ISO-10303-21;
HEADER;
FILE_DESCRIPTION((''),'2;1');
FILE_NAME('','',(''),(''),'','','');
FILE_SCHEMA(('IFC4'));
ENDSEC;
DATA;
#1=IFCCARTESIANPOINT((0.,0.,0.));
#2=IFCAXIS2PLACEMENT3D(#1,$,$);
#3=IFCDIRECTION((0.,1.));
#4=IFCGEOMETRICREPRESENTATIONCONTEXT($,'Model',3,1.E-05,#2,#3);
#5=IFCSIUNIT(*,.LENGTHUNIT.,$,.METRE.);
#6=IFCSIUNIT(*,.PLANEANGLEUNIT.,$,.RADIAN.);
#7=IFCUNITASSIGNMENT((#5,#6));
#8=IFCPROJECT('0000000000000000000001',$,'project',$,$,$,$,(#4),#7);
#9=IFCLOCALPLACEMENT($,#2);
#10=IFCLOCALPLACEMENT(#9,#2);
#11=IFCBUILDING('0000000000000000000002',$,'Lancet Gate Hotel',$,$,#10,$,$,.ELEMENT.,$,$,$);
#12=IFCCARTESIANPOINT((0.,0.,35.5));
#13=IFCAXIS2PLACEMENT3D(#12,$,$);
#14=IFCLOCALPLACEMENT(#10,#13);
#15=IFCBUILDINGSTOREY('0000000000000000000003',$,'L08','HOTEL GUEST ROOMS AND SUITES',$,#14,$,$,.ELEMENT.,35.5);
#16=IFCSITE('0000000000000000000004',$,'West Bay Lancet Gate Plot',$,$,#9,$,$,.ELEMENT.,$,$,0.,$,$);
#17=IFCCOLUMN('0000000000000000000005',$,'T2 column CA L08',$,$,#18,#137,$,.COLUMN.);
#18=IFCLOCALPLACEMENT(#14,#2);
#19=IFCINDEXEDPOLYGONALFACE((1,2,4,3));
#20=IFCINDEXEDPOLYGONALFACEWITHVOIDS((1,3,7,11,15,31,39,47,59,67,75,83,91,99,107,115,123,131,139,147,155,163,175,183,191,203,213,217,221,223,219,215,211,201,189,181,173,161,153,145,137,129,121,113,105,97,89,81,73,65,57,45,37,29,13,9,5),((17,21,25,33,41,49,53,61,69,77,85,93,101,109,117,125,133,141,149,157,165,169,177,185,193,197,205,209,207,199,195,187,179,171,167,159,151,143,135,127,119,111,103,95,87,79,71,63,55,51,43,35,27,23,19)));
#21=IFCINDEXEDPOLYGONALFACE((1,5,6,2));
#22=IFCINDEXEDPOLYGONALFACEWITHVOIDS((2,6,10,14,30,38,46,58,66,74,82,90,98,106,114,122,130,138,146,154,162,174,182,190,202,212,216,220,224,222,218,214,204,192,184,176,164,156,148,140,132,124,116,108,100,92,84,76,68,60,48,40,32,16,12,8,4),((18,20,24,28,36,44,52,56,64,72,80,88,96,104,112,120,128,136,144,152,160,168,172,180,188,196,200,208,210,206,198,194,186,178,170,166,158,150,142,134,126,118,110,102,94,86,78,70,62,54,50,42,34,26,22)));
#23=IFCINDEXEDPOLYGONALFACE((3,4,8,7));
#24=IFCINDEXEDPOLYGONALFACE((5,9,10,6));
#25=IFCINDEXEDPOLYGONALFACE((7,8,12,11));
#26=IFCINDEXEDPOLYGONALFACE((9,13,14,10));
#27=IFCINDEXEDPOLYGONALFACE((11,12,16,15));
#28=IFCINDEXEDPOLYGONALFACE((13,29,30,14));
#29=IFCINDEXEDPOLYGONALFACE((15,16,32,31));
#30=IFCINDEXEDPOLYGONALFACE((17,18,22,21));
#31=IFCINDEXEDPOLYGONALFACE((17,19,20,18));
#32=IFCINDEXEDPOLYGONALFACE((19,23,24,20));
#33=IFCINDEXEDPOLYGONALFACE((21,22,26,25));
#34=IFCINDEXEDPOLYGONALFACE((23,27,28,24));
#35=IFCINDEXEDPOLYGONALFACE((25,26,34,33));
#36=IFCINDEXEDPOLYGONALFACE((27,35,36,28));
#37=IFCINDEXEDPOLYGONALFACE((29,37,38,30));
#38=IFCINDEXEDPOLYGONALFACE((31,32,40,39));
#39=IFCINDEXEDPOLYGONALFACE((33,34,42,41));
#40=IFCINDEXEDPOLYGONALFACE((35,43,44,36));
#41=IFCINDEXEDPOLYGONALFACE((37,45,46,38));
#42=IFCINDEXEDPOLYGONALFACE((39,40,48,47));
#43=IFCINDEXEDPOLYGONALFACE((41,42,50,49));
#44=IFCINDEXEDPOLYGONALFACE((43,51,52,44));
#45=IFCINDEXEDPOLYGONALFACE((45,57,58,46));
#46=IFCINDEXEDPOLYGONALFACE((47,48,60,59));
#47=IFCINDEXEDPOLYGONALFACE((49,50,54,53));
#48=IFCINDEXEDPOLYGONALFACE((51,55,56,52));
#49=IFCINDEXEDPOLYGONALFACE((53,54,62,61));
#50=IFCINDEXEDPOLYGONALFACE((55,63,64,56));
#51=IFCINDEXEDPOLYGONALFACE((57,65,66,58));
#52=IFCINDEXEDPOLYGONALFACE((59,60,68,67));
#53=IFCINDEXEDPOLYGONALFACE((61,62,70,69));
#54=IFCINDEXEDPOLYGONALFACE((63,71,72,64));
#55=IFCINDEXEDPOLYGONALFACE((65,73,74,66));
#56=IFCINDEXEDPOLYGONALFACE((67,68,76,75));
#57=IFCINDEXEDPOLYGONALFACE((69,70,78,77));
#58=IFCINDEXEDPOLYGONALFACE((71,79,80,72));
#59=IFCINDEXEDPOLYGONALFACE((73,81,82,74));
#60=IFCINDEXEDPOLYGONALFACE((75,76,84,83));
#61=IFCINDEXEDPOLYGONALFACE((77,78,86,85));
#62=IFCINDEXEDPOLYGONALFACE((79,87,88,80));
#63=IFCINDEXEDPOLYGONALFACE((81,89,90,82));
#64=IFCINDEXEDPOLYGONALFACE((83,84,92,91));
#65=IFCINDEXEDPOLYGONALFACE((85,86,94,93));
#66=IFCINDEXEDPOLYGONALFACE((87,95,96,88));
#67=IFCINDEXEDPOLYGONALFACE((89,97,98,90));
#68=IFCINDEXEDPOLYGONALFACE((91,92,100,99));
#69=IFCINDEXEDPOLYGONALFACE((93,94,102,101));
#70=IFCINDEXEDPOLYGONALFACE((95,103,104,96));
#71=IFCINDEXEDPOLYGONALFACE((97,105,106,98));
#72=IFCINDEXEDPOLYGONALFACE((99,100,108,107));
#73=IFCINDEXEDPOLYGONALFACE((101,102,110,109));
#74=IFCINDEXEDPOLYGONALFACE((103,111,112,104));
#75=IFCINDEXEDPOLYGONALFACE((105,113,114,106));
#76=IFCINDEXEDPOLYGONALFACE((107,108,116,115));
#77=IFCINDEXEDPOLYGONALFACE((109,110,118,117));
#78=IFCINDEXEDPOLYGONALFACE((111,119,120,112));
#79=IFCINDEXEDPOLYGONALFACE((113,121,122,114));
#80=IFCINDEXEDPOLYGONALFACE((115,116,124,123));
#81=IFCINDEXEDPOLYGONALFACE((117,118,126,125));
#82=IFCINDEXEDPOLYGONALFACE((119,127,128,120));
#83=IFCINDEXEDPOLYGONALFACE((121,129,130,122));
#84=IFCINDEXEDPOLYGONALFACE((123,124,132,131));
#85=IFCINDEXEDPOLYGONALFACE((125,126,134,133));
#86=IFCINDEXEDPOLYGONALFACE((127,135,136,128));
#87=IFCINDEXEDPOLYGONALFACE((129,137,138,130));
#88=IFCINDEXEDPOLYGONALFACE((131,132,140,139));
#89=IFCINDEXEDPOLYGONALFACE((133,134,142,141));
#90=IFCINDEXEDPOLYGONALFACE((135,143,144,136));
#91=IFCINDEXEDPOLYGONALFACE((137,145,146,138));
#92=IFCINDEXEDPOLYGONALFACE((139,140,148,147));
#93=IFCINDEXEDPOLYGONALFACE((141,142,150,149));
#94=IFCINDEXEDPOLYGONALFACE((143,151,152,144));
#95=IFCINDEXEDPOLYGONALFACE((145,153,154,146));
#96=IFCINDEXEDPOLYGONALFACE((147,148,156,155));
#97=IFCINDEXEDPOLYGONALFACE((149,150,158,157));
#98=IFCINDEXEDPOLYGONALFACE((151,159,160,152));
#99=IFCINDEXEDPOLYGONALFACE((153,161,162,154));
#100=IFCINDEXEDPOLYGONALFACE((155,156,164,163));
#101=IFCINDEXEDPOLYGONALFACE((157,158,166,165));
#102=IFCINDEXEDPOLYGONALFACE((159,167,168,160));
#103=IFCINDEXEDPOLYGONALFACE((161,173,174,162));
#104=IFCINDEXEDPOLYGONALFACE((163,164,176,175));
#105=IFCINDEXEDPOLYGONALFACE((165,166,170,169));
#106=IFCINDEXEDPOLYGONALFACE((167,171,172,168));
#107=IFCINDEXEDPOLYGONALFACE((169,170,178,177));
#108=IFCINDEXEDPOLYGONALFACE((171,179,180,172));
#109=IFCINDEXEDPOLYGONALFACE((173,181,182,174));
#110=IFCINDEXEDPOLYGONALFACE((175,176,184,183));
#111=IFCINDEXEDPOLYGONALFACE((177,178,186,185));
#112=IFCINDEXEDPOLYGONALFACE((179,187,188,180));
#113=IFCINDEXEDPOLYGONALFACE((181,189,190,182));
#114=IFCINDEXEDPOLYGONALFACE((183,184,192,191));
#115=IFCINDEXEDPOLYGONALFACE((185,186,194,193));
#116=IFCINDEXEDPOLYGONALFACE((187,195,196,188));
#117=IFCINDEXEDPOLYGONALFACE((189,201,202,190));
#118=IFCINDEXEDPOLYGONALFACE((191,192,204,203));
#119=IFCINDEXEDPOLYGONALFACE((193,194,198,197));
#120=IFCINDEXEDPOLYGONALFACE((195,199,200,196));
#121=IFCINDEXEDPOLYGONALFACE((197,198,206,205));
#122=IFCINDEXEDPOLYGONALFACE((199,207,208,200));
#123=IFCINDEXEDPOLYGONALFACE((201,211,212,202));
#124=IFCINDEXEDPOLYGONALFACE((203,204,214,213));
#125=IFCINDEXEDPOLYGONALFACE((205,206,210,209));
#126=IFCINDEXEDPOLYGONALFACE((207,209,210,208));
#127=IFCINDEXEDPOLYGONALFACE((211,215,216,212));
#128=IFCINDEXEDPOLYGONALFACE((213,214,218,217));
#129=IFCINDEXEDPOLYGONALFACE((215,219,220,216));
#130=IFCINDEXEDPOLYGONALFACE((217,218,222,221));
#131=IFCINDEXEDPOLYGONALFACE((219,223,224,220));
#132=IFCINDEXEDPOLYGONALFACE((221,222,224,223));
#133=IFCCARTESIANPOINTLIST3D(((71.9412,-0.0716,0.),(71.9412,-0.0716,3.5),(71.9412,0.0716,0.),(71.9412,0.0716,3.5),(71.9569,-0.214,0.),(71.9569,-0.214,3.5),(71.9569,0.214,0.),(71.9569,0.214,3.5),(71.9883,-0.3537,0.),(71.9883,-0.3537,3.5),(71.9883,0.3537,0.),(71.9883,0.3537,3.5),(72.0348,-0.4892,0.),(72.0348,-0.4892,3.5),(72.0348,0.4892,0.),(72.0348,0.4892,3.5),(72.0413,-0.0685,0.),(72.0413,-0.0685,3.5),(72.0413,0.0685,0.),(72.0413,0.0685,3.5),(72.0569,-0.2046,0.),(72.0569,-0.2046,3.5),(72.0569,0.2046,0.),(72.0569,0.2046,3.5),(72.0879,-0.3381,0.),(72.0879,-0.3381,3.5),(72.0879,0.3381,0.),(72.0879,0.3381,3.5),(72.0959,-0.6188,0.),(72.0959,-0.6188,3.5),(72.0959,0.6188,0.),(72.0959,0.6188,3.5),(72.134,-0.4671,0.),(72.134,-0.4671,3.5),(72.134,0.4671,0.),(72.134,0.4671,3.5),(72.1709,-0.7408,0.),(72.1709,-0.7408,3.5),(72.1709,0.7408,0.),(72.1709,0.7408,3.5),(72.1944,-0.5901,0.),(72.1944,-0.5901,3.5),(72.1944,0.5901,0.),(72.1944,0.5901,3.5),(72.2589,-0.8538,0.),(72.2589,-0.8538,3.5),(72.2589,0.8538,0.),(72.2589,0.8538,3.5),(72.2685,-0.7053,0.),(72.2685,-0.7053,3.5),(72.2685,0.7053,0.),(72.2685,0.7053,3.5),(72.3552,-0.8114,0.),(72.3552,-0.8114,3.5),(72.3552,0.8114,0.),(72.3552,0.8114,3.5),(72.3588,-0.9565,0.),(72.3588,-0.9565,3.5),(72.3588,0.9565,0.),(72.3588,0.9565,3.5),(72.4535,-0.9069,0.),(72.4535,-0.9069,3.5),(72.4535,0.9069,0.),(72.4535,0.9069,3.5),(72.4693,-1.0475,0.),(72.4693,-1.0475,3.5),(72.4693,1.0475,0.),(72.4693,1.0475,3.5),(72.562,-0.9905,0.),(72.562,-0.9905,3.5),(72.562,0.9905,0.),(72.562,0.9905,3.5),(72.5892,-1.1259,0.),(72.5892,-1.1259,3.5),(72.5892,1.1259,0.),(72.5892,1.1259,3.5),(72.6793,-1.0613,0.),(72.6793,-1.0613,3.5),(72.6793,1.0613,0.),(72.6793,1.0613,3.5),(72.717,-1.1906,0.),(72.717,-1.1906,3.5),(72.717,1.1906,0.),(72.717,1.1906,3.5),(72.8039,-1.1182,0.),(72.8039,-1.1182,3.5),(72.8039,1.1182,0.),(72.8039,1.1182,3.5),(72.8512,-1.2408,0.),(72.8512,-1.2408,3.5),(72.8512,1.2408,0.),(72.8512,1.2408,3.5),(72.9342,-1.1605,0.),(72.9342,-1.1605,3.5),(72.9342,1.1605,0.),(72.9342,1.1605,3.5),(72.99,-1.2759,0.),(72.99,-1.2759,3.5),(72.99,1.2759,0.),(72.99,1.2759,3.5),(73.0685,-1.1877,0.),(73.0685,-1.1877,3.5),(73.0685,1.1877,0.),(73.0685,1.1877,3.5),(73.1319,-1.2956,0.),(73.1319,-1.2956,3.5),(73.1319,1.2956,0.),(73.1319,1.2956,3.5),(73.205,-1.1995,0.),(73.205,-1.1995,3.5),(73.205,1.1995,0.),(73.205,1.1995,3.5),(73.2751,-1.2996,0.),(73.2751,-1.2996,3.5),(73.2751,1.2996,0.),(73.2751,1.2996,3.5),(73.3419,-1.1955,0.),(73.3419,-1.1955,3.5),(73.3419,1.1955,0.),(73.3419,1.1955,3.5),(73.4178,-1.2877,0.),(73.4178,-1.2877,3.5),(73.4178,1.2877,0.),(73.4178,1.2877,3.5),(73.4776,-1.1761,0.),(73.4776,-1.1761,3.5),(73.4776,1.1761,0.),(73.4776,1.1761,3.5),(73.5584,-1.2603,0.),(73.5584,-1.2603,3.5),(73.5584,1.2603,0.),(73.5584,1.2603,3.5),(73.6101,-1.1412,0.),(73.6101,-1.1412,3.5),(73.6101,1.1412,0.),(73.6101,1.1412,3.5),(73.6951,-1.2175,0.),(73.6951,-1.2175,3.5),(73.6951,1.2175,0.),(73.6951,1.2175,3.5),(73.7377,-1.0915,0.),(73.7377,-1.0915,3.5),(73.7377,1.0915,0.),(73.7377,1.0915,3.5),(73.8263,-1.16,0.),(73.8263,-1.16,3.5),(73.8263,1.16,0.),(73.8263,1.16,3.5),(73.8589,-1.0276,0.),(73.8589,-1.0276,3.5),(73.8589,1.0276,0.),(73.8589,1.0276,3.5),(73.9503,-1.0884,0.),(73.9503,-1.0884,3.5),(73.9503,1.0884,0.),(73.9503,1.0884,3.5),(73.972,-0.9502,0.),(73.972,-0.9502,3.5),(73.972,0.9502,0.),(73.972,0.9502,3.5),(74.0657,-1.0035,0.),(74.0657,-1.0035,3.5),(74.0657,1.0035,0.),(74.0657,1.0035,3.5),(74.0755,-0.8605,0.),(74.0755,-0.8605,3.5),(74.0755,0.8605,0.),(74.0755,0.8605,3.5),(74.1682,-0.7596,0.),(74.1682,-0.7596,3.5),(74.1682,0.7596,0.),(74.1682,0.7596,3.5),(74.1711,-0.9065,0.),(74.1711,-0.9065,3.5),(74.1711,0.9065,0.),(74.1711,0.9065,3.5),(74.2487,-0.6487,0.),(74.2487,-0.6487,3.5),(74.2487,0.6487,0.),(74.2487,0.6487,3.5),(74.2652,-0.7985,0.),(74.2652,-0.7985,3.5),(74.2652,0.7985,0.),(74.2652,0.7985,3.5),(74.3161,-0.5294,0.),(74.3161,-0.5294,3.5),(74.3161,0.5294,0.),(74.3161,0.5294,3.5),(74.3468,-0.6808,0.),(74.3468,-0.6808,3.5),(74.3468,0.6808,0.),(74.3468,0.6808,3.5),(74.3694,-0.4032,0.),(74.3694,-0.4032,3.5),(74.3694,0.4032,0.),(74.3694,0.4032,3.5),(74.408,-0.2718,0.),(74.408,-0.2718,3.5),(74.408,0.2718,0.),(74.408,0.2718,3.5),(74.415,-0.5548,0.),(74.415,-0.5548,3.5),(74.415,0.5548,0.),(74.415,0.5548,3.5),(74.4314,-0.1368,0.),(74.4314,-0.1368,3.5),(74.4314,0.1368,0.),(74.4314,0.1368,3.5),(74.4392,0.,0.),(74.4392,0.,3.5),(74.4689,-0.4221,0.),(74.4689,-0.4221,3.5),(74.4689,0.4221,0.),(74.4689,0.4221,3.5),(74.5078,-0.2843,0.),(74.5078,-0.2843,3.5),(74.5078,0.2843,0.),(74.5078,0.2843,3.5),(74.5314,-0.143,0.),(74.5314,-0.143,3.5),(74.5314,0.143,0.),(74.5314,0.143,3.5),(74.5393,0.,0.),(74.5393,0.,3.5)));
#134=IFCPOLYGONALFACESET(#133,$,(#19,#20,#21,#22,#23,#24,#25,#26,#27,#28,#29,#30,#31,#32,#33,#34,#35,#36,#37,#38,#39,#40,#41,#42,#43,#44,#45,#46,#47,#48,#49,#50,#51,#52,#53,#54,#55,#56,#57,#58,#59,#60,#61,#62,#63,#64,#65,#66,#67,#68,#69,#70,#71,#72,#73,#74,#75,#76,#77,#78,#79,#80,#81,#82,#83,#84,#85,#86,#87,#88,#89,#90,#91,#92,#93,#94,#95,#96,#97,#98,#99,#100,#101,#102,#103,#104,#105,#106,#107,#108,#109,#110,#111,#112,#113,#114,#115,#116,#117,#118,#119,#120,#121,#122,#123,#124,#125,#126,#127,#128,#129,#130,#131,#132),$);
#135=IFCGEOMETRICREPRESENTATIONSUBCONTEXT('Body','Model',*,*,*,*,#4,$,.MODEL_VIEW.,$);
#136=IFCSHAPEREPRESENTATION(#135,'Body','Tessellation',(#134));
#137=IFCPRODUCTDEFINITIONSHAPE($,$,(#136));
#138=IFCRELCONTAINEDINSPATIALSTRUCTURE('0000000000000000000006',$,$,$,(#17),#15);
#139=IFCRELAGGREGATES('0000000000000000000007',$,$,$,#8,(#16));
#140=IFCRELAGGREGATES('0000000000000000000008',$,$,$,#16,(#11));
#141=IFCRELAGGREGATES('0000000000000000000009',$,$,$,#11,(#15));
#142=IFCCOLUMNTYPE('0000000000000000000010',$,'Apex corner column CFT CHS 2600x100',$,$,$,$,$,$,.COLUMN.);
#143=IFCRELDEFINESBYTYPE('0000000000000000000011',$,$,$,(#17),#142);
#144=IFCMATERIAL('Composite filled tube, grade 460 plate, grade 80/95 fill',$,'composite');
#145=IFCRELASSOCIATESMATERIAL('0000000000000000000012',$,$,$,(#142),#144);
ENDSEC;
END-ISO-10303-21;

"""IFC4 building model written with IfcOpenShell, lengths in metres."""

from ifc_helpers import new_model, si_unit, direction, frame, origin, origin_2d, place, context, subcontext, project, spatial, hollow_circle, extrude, material, material_profile, profile_set, type_object, element, save


model = new_model("IFC4")

# Units and contexts
model_context = context("Model", 3, precision=1e-05, world=origin(), true_north=direction((0.0, 1.0)))
body_context = subcontext(model_context, "Body", "Model", "MODEL_VIEW")
ifc_project = project(units=[si_unit("LENGTHUNIT", "METRE"), si_unit("PLANEANGLEUNIT", "RADIAN")], contexts=[model_context])

# Site, building, storey
site_placement = place(None, origin())
site = spatial("IfcSite", under=ifc_project, at=site_placement, Name="West Bay Lancet Gate Plot", CompositionType="ELEMENT", RefElevation=0.0)
building_placement = place(site_placement, origin())
building = spatial("IfcBuilding", under=site, at=building_placement, Name="Lancet Gate Hotel", CompositionType="ELEMENT")
storey_placement = place(building_placement, frame((0.0, 0.0, 35.5)))
storey = spatial("IfcBuildingStorey", under=building, at=storey_placement, Name="L08", Description="HOTEL GUEST ROOMS AND SUITES", CompositionType="ELEMENT", Elevation=35.5)

# Column
ifc_material_1 = material(Name="Composite filled tube, grade 460 plate, grade 80/95 fill", Category="composite")
ifc_material_profile_1 = material_profile(ifc_material_1, hollow_circle(Radius=1.3, WallThickness=0.1001, at=origin_2d()), Name="CHS 2600x100")
ifc_profile_set_1 = profile_set([ifc_material_profile_1], Name="Composite filled tube, grade 460 plate, grade 80/95 fill")
column_type_1 = type_object("IfcColumnType", Name="Apex corner column CFT CHS 2600x100", PredefinedType="COLUMN", material=ifc_profile_set_1)
column_1_placement = place(storey_placement, frame((73.2393, 0.0, 0.0), z_axis=(0.0, 0.0, 1.0), x_axis=(1.0, 0.0, 0.0)))
element("IfcColumn", 1, at=column_1_placement, inside=storey, type_object=column_type_1, Name="T2 column CA L08", PredefinedType="COLUMN", context=body_context, shape_type="SweptSolid", body=[
    extrude(hollow_circle(Radius=1.3, WallThickness=0.1001, at=origin_2d()), origin(), (0.0, 0.0, 1.0), 3.5),
])

save(model, "model.ifc")
